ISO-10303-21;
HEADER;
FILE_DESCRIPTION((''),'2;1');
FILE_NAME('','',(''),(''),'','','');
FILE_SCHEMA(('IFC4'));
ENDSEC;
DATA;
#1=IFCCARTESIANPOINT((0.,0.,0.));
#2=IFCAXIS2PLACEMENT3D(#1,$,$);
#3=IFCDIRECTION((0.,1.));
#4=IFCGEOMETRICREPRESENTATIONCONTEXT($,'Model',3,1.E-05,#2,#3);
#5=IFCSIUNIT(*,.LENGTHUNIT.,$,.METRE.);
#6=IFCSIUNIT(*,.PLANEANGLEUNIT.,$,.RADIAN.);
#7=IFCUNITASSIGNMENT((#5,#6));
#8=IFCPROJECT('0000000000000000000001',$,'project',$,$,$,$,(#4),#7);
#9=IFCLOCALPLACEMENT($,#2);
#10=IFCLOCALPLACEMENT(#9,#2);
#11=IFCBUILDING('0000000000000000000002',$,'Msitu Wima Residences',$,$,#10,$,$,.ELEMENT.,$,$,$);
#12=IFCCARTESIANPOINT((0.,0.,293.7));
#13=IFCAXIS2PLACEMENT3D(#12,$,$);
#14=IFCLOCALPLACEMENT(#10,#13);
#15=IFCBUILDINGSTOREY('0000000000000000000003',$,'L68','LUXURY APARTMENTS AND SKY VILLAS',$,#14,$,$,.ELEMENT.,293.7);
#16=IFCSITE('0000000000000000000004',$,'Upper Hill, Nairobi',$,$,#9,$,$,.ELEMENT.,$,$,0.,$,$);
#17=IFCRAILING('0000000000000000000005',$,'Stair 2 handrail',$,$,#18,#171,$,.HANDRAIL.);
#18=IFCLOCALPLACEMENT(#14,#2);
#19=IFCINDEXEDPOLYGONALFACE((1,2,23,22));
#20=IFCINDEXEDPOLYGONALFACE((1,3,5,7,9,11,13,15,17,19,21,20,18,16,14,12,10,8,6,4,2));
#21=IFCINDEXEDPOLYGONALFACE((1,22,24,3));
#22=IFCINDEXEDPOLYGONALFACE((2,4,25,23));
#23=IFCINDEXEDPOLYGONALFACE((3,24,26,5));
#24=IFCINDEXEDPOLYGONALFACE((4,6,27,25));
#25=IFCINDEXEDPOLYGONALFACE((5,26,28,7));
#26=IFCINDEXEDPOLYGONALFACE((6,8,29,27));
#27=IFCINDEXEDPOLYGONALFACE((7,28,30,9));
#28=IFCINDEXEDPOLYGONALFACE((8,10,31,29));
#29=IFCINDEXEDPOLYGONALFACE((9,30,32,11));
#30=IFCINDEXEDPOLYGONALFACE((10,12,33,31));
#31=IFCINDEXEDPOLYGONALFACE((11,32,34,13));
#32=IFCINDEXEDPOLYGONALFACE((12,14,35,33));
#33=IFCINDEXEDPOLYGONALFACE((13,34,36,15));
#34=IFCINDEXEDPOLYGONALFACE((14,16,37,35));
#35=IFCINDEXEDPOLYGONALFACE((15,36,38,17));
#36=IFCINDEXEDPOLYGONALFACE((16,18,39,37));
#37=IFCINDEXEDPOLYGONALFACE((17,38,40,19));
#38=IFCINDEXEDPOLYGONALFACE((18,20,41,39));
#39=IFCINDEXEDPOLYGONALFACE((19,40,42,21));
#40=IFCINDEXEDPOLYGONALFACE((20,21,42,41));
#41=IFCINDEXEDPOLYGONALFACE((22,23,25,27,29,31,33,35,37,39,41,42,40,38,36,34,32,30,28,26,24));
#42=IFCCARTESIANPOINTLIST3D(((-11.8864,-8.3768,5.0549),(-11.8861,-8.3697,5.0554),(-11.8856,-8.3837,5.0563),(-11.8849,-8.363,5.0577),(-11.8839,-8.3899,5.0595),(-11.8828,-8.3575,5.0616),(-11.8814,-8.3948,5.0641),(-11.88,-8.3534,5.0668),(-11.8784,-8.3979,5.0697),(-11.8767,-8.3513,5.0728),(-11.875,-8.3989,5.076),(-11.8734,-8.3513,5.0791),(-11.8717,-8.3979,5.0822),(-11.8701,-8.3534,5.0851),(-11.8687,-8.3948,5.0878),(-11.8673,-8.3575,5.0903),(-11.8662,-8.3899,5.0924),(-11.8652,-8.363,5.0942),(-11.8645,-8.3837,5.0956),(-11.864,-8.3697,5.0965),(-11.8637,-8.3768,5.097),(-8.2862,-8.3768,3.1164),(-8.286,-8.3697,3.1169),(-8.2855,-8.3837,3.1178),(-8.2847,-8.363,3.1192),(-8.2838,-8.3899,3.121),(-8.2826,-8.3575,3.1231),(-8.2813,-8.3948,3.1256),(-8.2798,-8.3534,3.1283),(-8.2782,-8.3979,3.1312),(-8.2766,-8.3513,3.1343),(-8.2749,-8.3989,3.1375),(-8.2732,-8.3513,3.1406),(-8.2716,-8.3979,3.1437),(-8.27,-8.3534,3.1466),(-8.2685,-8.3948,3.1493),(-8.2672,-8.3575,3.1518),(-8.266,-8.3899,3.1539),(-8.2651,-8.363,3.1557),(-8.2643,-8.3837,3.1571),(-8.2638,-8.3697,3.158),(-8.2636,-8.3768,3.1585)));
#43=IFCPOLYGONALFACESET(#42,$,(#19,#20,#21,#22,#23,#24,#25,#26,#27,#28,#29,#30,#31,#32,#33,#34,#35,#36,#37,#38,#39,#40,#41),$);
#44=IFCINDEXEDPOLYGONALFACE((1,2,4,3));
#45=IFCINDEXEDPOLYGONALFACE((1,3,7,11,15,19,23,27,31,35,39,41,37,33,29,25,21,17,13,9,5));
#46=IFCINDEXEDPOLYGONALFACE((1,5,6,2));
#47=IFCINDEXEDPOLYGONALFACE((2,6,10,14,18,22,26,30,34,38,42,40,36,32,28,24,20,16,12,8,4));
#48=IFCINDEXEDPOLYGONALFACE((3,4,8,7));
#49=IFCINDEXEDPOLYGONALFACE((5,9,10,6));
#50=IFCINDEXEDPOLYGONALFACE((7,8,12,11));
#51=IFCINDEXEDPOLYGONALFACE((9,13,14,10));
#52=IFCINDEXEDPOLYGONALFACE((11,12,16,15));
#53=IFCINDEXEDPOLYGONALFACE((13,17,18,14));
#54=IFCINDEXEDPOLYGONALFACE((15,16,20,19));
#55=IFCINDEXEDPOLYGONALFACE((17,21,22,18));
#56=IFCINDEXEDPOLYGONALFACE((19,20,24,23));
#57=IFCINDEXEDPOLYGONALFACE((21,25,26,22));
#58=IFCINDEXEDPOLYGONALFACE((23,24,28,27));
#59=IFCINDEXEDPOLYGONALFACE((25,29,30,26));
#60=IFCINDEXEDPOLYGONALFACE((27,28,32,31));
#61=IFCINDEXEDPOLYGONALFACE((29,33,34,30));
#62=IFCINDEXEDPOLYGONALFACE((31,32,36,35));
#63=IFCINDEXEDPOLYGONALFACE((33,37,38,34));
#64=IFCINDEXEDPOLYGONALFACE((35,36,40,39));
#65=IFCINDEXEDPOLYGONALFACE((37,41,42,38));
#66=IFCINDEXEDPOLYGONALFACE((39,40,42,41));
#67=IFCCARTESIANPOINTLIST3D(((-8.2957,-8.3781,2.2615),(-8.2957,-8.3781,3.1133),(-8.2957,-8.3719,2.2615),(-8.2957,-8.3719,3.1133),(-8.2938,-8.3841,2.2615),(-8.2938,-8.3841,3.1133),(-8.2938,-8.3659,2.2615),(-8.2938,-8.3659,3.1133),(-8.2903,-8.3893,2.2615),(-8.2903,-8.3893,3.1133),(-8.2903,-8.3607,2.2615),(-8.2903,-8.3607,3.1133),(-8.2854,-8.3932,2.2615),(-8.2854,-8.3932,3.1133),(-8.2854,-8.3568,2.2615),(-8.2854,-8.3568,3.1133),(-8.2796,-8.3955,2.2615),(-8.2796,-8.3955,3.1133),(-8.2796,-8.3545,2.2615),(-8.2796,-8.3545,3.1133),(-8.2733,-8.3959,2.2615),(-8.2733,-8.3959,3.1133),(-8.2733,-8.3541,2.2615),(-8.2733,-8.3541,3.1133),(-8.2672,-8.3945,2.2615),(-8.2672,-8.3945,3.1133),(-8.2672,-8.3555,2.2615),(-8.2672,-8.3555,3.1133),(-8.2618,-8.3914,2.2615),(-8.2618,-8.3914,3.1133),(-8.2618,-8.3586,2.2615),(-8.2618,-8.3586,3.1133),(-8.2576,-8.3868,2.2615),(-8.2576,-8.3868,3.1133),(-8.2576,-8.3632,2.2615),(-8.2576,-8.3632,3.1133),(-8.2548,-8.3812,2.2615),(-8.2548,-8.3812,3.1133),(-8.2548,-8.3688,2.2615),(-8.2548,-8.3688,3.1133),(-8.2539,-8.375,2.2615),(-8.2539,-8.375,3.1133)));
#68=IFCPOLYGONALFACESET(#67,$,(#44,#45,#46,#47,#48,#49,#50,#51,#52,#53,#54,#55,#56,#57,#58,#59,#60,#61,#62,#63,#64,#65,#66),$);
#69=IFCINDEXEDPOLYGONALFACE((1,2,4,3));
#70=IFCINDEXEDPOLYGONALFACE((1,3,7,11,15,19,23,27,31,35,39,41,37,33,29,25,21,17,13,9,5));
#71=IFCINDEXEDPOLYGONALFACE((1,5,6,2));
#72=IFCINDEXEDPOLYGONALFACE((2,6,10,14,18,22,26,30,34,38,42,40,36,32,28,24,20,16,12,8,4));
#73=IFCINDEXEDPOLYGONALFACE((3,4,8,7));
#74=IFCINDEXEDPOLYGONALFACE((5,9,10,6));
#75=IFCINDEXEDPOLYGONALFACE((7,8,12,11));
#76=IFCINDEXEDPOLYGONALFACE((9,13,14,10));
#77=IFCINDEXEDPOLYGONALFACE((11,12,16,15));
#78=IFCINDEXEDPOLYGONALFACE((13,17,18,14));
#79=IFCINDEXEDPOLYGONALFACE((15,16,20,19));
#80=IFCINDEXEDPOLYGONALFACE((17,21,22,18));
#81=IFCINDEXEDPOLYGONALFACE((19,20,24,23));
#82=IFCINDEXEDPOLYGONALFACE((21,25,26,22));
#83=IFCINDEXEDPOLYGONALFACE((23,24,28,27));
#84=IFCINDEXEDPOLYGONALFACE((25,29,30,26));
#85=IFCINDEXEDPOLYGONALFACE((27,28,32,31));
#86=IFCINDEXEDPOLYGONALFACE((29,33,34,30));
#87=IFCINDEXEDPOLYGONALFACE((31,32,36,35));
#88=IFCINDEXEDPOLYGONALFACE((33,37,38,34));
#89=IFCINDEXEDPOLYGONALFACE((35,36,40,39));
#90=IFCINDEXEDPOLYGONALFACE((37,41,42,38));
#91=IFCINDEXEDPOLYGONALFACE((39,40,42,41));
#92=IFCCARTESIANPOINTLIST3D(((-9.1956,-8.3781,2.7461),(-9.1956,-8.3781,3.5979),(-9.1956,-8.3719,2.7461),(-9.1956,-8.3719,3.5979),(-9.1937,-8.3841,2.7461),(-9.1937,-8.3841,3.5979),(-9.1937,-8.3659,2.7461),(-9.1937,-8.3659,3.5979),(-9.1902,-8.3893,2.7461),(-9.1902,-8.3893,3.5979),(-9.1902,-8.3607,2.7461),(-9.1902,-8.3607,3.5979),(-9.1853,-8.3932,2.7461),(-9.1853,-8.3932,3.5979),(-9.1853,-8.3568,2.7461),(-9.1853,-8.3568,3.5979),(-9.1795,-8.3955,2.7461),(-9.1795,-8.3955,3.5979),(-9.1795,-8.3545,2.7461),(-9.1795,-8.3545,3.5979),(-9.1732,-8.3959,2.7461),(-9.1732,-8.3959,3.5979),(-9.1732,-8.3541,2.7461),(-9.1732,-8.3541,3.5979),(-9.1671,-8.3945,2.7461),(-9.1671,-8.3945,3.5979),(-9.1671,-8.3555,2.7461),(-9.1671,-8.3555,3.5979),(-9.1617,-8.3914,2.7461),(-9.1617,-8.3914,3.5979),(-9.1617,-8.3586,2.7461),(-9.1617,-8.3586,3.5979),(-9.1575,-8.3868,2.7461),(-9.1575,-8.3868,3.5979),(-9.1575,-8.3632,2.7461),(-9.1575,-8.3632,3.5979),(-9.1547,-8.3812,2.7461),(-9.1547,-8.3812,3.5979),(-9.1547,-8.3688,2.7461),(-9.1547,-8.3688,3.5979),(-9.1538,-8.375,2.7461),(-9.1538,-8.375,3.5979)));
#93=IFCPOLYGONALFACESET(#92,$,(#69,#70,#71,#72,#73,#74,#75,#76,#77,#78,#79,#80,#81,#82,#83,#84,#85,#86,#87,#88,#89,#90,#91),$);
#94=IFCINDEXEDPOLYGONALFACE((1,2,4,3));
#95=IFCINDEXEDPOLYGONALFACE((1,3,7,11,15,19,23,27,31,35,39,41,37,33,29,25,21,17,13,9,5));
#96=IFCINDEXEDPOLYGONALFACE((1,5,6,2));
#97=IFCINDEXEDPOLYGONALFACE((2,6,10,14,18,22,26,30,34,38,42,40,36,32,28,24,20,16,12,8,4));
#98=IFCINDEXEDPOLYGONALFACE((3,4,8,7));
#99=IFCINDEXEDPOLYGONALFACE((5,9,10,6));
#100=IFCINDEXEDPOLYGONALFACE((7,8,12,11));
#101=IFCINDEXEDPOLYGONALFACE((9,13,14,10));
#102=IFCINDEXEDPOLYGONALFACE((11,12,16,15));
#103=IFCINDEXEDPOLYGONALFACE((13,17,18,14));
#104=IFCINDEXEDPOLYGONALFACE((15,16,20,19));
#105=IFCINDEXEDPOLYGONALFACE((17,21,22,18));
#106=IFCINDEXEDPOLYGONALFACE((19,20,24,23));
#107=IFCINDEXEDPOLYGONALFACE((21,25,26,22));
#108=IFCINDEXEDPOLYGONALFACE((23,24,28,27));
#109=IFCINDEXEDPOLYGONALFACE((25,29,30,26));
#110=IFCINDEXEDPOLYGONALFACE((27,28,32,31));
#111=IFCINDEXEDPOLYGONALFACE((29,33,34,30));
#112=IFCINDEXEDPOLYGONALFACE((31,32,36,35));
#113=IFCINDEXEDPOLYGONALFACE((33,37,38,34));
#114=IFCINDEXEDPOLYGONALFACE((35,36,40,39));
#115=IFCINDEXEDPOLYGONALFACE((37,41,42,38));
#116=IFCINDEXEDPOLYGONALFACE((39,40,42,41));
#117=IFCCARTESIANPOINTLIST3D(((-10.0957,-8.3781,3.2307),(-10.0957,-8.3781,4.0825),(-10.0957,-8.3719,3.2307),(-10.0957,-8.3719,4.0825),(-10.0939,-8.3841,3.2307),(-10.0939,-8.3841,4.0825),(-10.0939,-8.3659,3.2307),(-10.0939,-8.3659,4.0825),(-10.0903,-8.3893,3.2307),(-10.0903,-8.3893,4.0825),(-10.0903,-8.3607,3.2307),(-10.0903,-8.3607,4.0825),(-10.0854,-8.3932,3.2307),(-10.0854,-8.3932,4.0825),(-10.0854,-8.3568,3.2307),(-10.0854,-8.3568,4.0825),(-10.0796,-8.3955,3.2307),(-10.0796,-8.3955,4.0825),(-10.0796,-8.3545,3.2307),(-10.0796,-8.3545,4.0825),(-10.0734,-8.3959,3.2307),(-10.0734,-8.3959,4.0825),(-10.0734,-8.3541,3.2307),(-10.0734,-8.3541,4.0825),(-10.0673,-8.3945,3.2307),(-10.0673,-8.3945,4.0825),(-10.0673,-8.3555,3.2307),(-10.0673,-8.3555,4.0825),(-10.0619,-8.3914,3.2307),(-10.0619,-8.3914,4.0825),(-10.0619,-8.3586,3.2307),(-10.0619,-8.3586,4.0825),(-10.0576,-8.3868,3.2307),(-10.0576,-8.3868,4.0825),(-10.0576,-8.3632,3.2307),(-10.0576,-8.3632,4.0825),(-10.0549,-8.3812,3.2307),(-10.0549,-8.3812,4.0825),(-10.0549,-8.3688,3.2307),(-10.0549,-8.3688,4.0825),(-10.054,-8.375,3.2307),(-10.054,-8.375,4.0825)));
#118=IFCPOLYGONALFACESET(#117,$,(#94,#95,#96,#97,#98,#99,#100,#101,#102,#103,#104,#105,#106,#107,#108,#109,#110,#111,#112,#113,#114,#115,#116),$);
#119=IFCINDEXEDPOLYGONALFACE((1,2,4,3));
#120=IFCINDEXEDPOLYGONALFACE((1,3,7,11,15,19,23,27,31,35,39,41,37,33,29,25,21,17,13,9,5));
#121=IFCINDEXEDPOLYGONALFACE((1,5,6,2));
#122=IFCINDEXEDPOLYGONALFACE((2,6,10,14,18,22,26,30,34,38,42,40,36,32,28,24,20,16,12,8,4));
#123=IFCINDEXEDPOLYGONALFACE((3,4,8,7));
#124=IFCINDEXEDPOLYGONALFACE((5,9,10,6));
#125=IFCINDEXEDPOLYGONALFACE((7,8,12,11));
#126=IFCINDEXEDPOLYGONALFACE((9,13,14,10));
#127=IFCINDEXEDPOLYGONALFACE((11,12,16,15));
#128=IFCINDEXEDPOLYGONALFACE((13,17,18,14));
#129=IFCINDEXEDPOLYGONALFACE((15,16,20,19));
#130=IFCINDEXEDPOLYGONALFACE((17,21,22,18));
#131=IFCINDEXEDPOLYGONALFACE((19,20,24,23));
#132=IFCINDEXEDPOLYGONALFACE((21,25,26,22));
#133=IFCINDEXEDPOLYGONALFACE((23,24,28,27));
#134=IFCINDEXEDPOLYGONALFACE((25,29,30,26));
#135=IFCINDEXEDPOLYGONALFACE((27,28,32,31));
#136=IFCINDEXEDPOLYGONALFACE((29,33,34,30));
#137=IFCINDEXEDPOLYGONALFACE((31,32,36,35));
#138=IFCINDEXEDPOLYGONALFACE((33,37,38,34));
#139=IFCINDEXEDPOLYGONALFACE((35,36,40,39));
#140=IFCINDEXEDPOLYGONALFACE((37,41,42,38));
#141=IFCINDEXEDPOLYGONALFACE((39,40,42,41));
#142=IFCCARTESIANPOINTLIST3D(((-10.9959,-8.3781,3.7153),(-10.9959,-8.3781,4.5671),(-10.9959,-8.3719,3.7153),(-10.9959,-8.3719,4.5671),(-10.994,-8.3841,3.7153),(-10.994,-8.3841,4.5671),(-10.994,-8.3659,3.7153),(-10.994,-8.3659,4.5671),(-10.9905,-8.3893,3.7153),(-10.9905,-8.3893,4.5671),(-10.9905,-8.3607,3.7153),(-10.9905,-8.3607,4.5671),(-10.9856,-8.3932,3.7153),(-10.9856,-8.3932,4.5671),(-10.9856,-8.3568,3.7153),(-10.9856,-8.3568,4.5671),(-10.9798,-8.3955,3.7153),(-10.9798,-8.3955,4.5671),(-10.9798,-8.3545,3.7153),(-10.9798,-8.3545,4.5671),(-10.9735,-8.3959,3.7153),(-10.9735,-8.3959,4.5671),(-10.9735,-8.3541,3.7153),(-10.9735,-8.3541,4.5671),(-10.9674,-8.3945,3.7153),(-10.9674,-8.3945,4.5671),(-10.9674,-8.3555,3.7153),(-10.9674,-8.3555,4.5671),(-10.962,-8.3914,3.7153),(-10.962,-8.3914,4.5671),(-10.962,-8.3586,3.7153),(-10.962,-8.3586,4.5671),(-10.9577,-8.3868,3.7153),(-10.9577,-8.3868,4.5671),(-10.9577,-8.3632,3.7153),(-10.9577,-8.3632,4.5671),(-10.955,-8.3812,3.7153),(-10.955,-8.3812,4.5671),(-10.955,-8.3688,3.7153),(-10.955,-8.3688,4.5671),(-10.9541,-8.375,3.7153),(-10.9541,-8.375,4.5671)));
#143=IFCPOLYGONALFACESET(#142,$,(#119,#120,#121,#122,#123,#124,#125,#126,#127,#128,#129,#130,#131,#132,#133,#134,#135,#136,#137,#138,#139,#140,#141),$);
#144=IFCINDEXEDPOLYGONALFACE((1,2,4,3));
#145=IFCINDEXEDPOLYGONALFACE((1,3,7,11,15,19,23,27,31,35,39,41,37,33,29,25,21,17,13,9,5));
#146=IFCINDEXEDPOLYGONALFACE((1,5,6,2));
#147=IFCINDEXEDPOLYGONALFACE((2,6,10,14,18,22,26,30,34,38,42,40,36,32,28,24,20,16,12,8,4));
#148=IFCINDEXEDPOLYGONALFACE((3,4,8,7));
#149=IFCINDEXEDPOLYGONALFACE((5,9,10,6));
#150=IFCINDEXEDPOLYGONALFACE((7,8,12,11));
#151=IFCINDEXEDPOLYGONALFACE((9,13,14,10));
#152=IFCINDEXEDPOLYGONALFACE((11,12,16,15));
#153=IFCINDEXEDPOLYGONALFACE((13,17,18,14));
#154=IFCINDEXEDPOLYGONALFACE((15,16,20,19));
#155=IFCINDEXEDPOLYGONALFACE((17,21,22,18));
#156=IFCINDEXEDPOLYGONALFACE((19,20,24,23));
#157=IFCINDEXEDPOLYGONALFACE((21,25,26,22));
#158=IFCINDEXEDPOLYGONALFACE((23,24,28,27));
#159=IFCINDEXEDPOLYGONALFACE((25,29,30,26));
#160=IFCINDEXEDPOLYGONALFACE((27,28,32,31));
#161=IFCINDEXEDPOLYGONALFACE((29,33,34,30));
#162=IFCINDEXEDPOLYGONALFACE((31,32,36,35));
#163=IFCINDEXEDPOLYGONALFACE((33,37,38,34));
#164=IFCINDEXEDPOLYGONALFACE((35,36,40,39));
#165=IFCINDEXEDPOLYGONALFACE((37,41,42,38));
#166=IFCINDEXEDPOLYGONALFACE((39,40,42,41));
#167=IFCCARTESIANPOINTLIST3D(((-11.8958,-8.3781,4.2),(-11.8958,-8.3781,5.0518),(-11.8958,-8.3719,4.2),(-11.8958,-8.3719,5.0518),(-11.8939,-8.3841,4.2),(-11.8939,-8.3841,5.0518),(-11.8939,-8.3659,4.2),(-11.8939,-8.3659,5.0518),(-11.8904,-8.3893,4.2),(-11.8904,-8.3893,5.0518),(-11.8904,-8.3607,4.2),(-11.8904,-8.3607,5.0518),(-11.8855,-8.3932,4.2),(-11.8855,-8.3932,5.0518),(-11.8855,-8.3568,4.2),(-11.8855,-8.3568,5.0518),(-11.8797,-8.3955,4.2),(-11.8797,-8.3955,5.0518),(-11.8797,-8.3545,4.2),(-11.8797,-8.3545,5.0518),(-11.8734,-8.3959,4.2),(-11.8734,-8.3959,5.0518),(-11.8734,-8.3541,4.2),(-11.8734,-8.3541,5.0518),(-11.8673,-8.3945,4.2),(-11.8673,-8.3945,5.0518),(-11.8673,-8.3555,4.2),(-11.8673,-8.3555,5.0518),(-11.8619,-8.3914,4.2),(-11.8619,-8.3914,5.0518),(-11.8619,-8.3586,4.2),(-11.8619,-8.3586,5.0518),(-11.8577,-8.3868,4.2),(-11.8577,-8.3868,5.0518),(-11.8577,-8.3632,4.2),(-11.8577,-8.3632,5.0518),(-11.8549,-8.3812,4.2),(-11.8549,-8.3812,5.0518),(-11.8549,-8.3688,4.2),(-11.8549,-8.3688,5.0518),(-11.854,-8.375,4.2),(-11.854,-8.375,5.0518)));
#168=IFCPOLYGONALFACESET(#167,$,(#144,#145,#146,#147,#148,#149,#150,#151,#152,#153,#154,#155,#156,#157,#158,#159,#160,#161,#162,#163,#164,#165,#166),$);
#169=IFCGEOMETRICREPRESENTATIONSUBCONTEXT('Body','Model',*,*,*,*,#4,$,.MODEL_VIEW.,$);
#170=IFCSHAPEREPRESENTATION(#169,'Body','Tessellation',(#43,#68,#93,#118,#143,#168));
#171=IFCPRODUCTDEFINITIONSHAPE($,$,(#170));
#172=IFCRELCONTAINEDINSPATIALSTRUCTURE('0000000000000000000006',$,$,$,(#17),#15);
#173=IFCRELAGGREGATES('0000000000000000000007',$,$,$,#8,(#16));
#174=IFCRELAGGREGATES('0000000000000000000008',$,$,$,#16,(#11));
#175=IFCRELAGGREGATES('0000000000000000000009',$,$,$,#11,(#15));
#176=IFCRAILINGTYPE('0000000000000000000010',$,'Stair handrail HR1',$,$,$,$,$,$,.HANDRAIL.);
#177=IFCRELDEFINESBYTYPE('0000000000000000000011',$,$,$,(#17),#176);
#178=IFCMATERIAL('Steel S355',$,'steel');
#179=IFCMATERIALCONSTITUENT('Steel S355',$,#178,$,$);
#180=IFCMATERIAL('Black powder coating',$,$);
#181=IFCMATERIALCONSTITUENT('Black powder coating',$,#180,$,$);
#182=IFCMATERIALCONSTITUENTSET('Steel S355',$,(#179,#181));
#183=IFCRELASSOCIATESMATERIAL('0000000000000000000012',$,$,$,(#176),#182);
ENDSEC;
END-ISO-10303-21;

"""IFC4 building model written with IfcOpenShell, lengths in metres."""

from ifc_helpers import new_model, si_unit, direction, frame, origin, origin_2d, place, context, subcontext, project, spatial, circle, extrude, material, constituent, constituent_set, type_object, element, save


model = new_model("IFC4")

# Units and contexts
model_context = context("Model", 3, precision=1e-05, world=origin(), true_north=direction((0.0, 1.0)))
body_context = subcontext(model_context, "Body", "Model", "MODEL_VIEW")
ifc_project = project(units=[si_unit("LENGTHUNIT", "METRE"), si_unit("PLANEANGLEUNIT", "RADIAN")], contexts=[model_context])

# Site, building, storey
site_placement = place(None, origin())
site = spatial("IfcSite", under=ifc_project, at=site_placement, Name="Upper Hill, Nairobi", CompositionType="ELEMENT", RefElevation=0.0)
building_placement = place(site_placement, origin())
building = spatial("IfcBuilding", under=site, at=building_placement, Name="Msitu Wima Residences", CompositionType="ELEMENT")
storey_placement = place(building_placement, frame((0.0, 0.0, 293.7)))
storey = spatial("IfcBuildingStorey", under=building, at=storey_placement, Name="L68", Description="LUXURY APARTMENTS AND SKY VILLAS", CompositionType="ELEMENT", Elevation=293.7)

# Railing
ifc_material_1 = material(Name="Steel S355", Category="steel")
ifc_constituent_1 = constituent(ifc_material_1, Name="Steel S355")
ifc_material_2 = material(Name="Black powder coating")
ifc_constituent_2 = constituent(ifc_material_2, Name="Black powder coating")
ifc_constituent_set = constituent_set(constituents=[ifc_constituent_1, ifc_constituent_2], Name="Steel S355")
railing_type = type_object("IfcRailingType", Name="Stair handrail HR1", PredefinedType="HANDRAIL", material=ifc_constituent_set)
for number, where, name in (
    (1, (-8.2749, -8.375, 2.2615), "Stair 2 handrail"),
):
    element("IfcRailing", number, at=place(storey_placement, frame(where)), inside=storey, type_object=railing_type, Name=name, PredefinedType="HANDRAIL", context=body_context, shape_type="SweptSolid", body=[
        extrude(circle(Radius=0.0239, at=origin_2d()), frame((0.0, 0.0, 0.876), z_axis=(-0.880475, 0.0, 0.474093), x_axis=(0.0, -1.0, 0.0)), (0.0, 0.0, 1.0), 4.0889),
        extrude(circle(Radius=0.021, at=origin_2d()), origin(), (0.0, 0.0, 1.0), 0.8518),
        extrude(circle(Radius=0.021, at=origin_2d()), frame((-0.8999, 0.0, 0.4846)), (0.0, 0.0, 1.0), 0.8518),
        extrude(circle(Radius=0.021, at=origin_2d()), frame((-1.8, 0.0, 0.9692)), (0.0, 0.0, 1.0), 0.8518),
        extrude(circle(Radius=0.021, at=origin_2d()), frame((-2.7002, 0.0, 1.4539)), (0.0, 0.0, 1.0), 0.8518),
        extrude(circle(Radius=0.021, at=origin_2d()), frame((-3.6001, 0.0, 1.9385)), (0.0, 0.0, 1.0), 0.8518),
    ])

save(model, "model.ifc")
